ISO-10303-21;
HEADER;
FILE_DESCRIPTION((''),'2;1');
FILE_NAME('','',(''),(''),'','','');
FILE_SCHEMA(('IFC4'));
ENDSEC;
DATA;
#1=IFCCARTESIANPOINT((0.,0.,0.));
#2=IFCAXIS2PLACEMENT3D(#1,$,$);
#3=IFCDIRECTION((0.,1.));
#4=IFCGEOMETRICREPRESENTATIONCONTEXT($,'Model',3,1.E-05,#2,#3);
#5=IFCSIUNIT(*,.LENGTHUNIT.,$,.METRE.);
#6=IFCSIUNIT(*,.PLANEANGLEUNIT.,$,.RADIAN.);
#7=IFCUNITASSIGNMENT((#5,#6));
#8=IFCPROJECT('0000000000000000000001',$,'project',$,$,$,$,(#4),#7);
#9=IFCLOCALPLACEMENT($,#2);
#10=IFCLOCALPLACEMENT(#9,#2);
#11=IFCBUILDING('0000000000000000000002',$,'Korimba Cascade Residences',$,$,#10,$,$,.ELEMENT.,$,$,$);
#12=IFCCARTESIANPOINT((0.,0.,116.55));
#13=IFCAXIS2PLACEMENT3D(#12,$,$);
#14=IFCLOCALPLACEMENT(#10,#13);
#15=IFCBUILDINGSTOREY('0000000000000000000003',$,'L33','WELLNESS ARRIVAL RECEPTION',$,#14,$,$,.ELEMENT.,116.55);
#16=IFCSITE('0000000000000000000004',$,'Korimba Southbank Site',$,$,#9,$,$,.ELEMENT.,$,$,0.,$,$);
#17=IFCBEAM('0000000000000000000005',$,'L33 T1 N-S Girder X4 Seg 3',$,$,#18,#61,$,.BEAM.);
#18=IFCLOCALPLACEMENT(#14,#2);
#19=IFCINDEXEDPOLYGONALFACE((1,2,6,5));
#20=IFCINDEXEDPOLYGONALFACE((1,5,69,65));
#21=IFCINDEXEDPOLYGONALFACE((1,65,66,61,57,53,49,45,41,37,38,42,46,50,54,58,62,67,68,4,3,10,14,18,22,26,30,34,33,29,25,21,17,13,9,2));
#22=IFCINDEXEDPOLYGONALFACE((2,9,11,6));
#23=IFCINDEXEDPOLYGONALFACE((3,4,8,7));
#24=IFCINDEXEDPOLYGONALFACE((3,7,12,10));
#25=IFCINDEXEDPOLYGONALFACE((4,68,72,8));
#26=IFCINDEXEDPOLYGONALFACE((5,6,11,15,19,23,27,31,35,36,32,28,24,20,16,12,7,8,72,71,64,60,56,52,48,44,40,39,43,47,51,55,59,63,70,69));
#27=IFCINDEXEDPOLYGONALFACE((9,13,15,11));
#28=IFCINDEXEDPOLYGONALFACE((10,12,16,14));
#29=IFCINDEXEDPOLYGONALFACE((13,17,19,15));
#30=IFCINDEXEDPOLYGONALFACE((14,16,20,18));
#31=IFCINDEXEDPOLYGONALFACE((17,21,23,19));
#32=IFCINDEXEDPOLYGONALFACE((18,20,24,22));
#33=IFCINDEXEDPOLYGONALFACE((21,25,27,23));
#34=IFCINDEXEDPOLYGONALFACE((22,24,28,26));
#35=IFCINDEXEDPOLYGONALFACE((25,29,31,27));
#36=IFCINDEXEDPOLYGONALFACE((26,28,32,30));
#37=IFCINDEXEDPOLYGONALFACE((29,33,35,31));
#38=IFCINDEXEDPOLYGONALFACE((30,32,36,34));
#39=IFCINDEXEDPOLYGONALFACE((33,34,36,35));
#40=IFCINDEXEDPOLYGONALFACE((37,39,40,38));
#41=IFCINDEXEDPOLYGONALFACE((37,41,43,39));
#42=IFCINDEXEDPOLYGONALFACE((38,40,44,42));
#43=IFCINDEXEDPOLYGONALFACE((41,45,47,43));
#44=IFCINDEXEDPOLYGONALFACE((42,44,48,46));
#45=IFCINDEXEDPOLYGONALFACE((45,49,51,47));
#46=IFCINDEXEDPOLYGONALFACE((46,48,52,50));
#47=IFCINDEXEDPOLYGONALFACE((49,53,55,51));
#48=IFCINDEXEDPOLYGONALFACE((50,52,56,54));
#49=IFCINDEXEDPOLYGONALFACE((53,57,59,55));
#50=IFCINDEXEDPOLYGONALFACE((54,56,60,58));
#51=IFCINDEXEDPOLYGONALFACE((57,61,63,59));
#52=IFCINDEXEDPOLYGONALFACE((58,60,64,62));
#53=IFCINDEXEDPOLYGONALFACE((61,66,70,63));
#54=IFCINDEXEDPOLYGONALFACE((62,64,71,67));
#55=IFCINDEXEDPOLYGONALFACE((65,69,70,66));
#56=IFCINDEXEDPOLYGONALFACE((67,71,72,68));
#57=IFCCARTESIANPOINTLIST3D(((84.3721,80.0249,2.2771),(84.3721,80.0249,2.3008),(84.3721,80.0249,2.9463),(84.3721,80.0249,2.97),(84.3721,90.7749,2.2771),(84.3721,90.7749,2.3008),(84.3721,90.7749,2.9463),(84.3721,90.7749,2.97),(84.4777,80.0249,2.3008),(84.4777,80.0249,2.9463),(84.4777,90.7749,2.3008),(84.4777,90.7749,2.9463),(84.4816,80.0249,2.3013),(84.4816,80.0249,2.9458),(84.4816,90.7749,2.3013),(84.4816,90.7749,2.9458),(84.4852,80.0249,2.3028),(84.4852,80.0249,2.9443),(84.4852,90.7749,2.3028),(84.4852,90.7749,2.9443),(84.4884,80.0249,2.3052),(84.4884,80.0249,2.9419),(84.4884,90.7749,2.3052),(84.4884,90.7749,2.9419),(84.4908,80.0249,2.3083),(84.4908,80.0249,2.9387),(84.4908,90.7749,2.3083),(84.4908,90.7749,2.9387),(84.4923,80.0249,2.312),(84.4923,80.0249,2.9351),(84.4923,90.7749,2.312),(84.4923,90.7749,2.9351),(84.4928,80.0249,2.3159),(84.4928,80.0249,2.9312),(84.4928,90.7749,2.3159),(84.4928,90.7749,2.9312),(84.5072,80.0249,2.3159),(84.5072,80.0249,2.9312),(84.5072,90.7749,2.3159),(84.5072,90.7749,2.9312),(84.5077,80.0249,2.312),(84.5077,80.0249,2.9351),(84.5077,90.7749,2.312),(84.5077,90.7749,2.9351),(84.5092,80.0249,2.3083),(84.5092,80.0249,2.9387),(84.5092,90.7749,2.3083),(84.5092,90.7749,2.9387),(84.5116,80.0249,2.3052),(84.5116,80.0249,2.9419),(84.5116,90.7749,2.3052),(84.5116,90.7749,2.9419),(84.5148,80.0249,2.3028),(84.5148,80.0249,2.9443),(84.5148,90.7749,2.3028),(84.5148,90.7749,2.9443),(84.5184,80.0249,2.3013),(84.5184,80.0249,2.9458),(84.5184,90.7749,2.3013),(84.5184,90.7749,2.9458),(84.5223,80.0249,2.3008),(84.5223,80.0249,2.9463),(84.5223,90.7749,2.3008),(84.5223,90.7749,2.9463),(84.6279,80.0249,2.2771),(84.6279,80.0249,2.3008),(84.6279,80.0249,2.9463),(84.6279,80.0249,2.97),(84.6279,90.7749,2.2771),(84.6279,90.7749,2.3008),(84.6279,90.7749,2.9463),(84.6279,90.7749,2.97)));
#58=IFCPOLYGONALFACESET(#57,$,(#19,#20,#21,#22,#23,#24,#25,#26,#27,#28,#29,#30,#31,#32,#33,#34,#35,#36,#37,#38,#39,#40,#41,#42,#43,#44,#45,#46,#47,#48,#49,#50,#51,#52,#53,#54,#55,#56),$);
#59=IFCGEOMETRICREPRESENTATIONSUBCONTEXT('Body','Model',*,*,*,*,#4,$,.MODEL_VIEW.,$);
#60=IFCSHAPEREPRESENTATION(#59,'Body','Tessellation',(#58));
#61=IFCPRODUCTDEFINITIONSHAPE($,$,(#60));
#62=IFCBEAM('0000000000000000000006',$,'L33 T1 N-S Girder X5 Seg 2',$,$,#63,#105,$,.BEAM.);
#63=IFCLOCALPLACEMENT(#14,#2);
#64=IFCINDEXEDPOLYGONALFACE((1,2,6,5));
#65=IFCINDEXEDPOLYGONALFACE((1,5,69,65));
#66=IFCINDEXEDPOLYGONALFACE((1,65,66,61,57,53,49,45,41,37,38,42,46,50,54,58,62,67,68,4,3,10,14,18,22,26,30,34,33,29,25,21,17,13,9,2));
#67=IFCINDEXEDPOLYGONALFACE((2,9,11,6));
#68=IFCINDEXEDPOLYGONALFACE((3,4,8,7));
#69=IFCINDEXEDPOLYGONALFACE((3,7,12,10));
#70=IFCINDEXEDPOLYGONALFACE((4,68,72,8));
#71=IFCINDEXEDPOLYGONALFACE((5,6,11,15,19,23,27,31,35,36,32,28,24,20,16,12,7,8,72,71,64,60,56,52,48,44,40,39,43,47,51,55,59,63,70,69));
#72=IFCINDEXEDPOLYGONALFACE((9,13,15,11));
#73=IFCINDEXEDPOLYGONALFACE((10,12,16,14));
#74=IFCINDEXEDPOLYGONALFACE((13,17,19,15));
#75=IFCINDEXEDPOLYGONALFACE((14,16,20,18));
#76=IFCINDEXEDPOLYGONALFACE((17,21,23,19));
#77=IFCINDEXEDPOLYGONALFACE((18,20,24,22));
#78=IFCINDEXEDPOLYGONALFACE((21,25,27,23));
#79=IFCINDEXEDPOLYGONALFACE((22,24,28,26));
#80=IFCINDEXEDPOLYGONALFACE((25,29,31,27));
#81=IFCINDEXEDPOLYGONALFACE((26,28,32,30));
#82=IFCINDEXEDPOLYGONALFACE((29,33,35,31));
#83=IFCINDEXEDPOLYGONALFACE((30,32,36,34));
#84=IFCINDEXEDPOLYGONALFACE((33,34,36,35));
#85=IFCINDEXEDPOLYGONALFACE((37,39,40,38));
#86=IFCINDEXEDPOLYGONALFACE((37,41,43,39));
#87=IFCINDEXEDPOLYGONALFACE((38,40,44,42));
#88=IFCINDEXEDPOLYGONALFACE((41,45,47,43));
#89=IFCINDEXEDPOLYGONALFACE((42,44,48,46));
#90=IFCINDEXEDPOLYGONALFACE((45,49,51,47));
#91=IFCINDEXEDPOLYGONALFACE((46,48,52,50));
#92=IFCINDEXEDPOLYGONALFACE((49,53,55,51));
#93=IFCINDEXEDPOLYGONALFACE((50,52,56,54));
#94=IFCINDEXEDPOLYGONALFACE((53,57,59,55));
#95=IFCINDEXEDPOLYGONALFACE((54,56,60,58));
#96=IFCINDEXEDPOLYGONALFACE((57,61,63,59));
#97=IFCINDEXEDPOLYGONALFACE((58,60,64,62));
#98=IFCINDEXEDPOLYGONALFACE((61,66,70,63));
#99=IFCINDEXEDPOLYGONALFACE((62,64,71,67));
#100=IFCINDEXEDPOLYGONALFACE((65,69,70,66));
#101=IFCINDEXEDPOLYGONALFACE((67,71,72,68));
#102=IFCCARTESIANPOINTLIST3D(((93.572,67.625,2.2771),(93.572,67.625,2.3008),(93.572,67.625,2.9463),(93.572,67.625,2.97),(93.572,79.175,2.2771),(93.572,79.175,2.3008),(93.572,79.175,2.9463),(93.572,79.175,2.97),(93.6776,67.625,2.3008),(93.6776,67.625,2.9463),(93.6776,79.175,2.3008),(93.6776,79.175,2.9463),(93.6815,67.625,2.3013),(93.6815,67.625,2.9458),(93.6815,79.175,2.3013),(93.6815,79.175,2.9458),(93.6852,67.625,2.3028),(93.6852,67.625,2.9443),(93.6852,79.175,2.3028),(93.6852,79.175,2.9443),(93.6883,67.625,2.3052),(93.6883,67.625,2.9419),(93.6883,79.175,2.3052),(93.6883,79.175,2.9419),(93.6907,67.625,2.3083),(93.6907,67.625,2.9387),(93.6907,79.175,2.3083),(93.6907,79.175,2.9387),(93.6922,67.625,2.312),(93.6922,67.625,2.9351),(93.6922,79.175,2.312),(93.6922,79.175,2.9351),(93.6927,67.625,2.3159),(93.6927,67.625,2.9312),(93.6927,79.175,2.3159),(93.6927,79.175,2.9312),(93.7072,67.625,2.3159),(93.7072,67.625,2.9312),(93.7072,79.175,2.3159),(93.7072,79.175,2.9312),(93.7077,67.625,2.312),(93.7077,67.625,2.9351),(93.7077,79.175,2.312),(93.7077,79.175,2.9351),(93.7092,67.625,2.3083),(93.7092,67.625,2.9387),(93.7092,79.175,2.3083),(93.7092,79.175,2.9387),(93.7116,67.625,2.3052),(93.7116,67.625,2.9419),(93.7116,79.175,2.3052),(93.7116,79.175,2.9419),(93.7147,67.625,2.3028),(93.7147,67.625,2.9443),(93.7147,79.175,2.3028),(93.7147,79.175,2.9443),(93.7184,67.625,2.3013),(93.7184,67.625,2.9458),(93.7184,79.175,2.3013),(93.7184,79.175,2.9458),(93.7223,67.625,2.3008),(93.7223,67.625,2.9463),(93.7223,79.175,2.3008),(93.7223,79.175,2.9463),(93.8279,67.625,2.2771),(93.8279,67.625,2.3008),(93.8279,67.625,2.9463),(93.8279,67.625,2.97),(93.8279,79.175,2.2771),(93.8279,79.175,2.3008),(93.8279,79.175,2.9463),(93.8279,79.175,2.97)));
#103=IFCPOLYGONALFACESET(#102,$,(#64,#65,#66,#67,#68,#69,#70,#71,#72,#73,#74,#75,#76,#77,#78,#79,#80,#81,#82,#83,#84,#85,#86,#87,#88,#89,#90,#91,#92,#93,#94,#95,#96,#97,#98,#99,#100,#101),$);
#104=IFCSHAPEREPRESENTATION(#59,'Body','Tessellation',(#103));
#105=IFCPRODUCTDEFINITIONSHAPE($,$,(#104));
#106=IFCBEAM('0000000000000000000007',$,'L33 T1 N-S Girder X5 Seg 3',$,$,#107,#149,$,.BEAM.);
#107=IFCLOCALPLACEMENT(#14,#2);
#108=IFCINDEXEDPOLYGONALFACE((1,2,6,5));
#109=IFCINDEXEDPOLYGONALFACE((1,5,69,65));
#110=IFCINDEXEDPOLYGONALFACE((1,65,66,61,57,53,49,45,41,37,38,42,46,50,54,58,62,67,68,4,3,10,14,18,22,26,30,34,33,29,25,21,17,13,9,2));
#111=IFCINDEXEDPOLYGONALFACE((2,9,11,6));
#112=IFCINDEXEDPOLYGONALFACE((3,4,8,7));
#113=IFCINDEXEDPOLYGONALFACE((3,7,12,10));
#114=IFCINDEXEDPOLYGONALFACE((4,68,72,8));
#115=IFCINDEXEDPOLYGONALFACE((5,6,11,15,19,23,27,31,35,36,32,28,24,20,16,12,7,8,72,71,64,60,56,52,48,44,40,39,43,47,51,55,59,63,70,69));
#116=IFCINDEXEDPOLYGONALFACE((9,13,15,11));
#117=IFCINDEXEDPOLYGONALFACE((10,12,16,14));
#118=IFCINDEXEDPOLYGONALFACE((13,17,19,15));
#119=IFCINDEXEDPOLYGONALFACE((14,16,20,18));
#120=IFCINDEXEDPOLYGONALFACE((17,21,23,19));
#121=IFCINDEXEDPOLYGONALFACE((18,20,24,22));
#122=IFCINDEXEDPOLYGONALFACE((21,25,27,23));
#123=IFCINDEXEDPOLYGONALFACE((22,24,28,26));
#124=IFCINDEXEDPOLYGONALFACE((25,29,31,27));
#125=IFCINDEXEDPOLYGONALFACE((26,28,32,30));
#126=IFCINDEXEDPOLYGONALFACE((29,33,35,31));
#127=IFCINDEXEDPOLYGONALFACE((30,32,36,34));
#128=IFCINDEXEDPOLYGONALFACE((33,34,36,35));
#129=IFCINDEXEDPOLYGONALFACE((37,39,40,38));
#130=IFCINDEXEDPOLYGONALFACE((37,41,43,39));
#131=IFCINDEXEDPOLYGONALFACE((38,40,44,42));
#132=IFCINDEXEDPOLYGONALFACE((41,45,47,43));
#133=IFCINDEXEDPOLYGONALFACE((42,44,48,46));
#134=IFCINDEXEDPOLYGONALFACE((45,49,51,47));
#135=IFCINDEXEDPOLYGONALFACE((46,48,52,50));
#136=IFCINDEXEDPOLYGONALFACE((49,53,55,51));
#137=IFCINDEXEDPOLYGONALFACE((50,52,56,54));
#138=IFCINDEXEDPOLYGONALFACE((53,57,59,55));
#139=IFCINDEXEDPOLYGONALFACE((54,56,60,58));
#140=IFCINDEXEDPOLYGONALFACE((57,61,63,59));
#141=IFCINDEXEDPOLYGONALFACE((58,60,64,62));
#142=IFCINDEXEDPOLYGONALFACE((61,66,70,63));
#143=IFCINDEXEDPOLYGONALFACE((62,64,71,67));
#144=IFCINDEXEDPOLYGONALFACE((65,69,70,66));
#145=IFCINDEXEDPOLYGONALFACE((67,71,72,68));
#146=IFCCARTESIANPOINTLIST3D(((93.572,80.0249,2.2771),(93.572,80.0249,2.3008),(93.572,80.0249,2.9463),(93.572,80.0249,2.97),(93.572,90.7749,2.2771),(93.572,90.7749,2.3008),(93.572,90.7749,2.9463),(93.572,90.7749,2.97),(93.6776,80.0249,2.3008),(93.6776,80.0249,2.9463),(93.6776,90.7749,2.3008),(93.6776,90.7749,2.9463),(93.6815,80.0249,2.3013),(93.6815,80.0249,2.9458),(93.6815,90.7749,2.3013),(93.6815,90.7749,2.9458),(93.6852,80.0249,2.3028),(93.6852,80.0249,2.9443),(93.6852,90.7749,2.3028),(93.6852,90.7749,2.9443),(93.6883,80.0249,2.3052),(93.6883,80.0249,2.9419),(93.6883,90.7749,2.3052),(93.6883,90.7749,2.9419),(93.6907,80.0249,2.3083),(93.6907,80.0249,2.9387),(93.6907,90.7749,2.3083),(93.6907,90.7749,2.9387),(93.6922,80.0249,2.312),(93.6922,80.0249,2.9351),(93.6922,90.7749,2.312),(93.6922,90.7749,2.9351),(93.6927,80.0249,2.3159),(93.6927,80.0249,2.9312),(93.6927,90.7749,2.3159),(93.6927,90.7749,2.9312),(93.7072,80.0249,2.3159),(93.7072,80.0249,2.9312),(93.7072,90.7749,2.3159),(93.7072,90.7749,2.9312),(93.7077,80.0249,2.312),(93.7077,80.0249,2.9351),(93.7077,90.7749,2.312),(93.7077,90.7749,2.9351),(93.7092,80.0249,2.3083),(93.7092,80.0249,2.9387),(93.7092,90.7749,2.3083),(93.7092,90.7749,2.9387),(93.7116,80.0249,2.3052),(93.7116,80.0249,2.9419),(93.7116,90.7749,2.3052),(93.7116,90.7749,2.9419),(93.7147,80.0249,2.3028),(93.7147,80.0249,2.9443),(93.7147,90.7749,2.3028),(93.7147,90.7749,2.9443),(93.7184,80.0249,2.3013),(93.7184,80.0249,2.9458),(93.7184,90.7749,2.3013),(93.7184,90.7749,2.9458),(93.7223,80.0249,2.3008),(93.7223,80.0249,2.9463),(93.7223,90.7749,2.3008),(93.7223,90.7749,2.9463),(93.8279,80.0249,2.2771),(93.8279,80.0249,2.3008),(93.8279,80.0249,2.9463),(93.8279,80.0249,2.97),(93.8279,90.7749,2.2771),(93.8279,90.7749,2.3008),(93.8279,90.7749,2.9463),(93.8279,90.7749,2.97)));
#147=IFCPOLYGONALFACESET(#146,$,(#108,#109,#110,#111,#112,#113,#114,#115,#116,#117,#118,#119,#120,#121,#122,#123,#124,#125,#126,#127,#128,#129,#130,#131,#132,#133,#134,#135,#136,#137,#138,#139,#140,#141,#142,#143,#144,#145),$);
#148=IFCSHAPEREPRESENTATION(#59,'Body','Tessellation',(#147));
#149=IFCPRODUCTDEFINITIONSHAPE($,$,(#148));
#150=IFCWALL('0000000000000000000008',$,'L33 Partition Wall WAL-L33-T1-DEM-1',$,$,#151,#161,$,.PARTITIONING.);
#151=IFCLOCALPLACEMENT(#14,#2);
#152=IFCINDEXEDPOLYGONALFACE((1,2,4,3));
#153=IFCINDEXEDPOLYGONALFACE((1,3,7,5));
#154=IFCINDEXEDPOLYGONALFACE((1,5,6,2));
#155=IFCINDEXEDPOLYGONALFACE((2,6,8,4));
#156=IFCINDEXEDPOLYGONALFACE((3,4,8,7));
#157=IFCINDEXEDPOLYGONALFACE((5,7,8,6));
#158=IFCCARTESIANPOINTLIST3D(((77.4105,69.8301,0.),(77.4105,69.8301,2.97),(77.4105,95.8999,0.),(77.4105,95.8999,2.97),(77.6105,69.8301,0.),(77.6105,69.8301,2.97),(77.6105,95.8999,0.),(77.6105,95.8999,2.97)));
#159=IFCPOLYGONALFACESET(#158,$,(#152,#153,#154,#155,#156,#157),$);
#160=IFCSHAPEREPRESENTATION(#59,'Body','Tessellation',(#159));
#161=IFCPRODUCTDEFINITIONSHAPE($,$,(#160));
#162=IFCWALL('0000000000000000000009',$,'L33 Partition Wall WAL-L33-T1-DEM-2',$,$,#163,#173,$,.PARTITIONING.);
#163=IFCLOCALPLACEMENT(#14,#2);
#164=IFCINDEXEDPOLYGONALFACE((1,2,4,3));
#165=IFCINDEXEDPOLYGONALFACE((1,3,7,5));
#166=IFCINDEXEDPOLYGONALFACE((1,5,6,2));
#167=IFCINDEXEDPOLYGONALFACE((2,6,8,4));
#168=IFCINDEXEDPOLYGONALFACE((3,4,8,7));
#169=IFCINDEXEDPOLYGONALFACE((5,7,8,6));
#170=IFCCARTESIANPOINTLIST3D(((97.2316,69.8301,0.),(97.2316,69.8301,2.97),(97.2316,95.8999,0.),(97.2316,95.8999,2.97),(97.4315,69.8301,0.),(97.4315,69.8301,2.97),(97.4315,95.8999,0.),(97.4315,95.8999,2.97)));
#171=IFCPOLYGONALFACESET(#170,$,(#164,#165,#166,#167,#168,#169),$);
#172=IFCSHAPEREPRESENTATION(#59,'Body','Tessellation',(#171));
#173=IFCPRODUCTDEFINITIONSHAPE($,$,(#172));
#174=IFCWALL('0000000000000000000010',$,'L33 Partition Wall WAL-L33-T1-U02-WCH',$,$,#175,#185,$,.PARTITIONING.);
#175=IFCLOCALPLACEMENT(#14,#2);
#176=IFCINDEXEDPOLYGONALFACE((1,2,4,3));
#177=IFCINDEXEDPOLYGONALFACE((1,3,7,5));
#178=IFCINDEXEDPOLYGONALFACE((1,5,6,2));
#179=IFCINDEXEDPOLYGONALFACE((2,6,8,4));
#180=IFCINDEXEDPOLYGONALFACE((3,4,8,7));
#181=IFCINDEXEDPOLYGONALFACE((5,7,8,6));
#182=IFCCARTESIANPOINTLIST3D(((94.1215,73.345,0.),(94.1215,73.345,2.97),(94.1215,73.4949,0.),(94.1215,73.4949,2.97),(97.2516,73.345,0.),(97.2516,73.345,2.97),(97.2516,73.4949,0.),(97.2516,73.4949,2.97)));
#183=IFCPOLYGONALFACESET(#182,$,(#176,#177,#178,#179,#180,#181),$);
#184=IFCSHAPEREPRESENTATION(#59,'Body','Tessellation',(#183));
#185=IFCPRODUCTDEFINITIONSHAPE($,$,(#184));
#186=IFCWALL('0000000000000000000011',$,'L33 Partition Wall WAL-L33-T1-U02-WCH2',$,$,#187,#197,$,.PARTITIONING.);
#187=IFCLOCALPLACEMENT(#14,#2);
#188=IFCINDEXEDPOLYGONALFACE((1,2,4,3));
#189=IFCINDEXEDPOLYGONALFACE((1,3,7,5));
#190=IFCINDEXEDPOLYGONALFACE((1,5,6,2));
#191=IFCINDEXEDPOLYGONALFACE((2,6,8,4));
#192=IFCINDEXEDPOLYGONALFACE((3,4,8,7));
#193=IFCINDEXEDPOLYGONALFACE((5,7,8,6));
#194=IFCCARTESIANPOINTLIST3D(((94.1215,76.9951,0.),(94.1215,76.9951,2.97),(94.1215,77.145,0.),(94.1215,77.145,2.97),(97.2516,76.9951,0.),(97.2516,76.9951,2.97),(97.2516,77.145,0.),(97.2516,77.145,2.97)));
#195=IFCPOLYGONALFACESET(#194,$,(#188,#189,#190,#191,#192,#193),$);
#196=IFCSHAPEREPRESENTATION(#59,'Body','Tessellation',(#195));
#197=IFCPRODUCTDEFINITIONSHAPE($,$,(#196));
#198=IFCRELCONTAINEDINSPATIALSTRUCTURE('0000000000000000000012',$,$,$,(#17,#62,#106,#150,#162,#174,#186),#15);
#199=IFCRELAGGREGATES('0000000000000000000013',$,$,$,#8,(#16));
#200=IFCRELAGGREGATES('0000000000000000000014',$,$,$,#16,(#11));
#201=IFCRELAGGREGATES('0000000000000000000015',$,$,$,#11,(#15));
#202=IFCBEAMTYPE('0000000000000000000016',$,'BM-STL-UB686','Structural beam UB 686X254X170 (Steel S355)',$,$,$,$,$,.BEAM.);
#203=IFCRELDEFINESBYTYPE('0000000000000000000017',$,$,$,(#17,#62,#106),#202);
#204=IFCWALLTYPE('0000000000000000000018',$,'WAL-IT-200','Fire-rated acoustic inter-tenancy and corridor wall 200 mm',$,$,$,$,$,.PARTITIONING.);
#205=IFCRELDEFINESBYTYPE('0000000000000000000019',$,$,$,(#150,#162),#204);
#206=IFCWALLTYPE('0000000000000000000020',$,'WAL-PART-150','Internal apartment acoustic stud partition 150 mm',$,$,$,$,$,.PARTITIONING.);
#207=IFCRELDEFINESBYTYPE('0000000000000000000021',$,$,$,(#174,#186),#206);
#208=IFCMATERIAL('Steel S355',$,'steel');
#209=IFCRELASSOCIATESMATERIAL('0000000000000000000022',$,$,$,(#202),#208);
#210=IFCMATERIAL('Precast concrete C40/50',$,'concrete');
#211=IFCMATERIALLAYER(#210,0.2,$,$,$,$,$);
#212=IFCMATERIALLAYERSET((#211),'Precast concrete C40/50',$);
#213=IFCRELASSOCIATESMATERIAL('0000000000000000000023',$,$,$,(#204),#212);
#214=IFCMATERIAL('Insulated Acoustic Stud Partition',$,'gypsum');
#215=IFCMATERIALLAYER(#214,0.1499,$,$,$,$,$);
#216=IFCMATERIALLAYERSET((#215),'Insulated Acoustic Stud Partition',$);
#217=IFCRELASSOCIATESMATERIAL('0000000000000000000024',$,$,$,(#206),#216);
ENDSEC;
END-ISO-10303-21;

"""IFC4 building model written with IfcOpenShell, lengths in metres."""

from ifc_helpers import new_model, si_unit, direction, frame, frame_2d, origin, origin_2d, place, context, subcontext, project, spatial, rectangle, i_section, extrude, material, layer, layer_set, material_profile, profile_set, type_object, element, save


model = new_model("IFC4")

# Units and contexts
model_context = context("Model", 3, precision=1e-05, world=origin(), true_north=direction((0.0, 1.0)))
body_context = subcontext(model_context, "Body", "Model", "MODEL_VIEW")
ifc_project = project(units=[si_unit("LENGTHUNIT", "METRE"), si_unit("PLANEANGLEUNIT", "RADIAN")], contexts=[model_context])

# Site, building, storey
site_placement = place(None, origin())
site = spatial("IfcSite", under=ifc_project, at=site_placement, Name="Korimba Southbank Site", CompositionType="ELEMENT", RefElevation=0.0)
building_placement = place(site_placement, origin())
building = spatial("IfcBuilding", under=site, at=building_placement, Name="Korimba Cascade Residences", CompositionType="ELEMENT")
storey_placement = place(building_placement, frame((0.0, 0.0, 116.55)))
storey = spatial("IfcBuildingStorey", under=building, at=storey_placement, Name="L33", Description="WELLNESS ARRIVAL RECEPTION", CompositionType="ELEMENT", Elevation=116.55)

# Beams
ifc_material_1 = material(Name="Steel S355", Category="steel")
ifc_material_profile_1 = material_profile(ifc_material_1, i_section(OverallWidth=0.2559, OverallDepth=0.6929, WebThickness=0.0144, FlangeThickness=0.0237, FilletRadius=0.0151, at=origin_2d()), Name="Steel S355")
ifc_profile_set_1 = profile_set([ifc_material_profile_1], Name="Steel S355")
beam_type_1 = type_object("IfcBeamType", Name="BM-STL-UB686", Description="Structural beam UB 686X254X170 (Steel S355)", PredefinedType="BEAM", material=ifc_profile_set_1)
beam_1_placement = place(storey_placement, frame((84.5, 80.0249, 2.6235), z_axis=(0.0, 1.0, 0.0), x_axis=(-1.0, 0.0, 0.0)))
element("IfcBeam", 1, at=beam_1_placement, inside=storey, type_object=beam_type_1, Name="L33 T1 N-S Girder X4 Seg 3", PredefinedType="BEAM", context=body_context, shape_type="SweptSolid", body=[
    extrude(i_section(OverallWidth=0.2559, OverallDepth=0.6929, WebThickness=0.0144, FlangeThickness=0.0237, FilletRadius=0.0151, at=origin_2d()), origin(), (0.0, 0.0, 1.0), 10.75),
])
beam_2_placement = place(storey_placement, frame((93.7, 67.625, 2.6235), z_axis=(0.0, 1.0, 0.0), x_axis=(-1.0, 0.0, 0.0)))
element("IfcBeam", 2, at=beam_2_placement, inside=storey, type_object=beam_type_1, Name="L33 T1 N-S Girder X5 Seg 2", PredefinedType="BEAM", context=body_context, shape_type="SweptSolid", body=[
    extrude(i_section(OverallWidth=0.2559, OverallDepth=0.6929, WebThickness=0.0144, FlangeThickness=0.0237, FilletRadius=0.0151, at=origin_2d()), origin(), (0.0, 0.0, 1.0), 11.55),
])
beam_3_placement = place(storey_placement, frame((93.7, 80.0249, 2.6235), z_axis=(0.0, 1.0, 0.0), x_axis=(-1.0, 0.0, 0.0)))
element("IfcBeam", 3, at=beam_3_placement, inside=storey, type_object=beam_type_1, Name="L33 T1 N-S Girder X5 Seg 3", PredefinedType="BEAM", context=body_context, shape_type="SweptSolid", body=[
    extrude(i_section(OverallWidth=0.2559, OverallDepth=0.6929, WebThickness=0.0144, FlangeThickness=0.0237, FilletRadius=0.0151, at=origin_2d()), origin(), (0.0, 0.0, 1.0), 10.75),
])

# Walls
ifc_material_2 = material(Name="Precast concrete C40/50", Category="concrete")
ifc_layer_1 = layer(ifc_material_2, 0.2)
ifc_layer_set_1 = layer_set([ifc_layer_1], Name="Precast concrete C40/50")
wall_type_1 = type_object("IfcWallType", Name="WAL-IT-200", Description="Fire-rated acoustic inter-tenancy and corridor wall 200 mm", PredefinedType="PARTITIONING", material=ifc_layer_set_1)
for number, where, z_axis, x_axis, name in (
    (4, (77.5105, 69.8301, 0.0), (0.0, 0.0, 1.0), (0.0, 1.0, 0.0), "L33 Partition Wall WAL-L33-T1-DEM-1"),
    (5, (97.3315, 69.8301, 0.0), (0.0, 0.0, 1.0), (0.0, 1.0, 0.0), "L33 Partition Wall WAL-L33-T1-DEM-2"),
):
    element("IfcWall", number, at=place(storey_placement, frame(where, z_axis=z_axis, x_axis=x_axis)), inside=storey, type_object=wall_type_1, Name=name, PredefinedType="PARTITIONING", context=body_context, shape_type="SweptSolid", body=[
        extrude(rectangle(XDim=26.0698, YDim=0.2, at=frame_2d((13.0349, 0.0))), origin(), (0.0, 0.0, 1.0), 2.97),
    ])
ifc_material_3 = material(Name="Insulated Acoustic Stud Partition", Category="gypsum")
ifc_layer_2 = layer(ifc_material_3, 0.1499)
ifc_layer_set_2 = layer_set([ifc_layer_2], Name="Insulated Acoustic Stud Partition")
wall_type_2 = type_object("IfcWallType", Name="WAL-PART-150", Description="Internal apartment acoustic stud partition 150 mm", PredefinedType="PARTITIONING", material=ifc_layer_set_2)
for number, where, z_axis, x_axis, name in (
    (6, (94.1216, 73.4199, 0.0), (0.0, 0.0, 1.0), (1.0, 0.0, 0.0), "L33 Partition Wall WAL-L33-T1-U02-WCH"),
    (7, (94.1216, 77.0701, 0.0), (0.0, 0.0, 1.0), (1.0, 0.0, 0.0), "L33 Partition Wall WAL-L33-T1-U02-WCH2"),
):
    element("IfcWall", number, at=place(storey_placement, frame(where, z_axis=z_axis, x_axis=x_axis)), inside=storey, type_object=wall_type_2, Name=name, PredefinedType="PARTITIONING", context=body_context, shape_type="SweptSolid", body=[
        extrude(rectangle(XDim=3.1301, YDim=0.1499, at=frame_2d((1.5649, 0.0))), origin(), (0.0, 0.0, 1.0), 2.97),
    ])

save(model, "model.ifc")
